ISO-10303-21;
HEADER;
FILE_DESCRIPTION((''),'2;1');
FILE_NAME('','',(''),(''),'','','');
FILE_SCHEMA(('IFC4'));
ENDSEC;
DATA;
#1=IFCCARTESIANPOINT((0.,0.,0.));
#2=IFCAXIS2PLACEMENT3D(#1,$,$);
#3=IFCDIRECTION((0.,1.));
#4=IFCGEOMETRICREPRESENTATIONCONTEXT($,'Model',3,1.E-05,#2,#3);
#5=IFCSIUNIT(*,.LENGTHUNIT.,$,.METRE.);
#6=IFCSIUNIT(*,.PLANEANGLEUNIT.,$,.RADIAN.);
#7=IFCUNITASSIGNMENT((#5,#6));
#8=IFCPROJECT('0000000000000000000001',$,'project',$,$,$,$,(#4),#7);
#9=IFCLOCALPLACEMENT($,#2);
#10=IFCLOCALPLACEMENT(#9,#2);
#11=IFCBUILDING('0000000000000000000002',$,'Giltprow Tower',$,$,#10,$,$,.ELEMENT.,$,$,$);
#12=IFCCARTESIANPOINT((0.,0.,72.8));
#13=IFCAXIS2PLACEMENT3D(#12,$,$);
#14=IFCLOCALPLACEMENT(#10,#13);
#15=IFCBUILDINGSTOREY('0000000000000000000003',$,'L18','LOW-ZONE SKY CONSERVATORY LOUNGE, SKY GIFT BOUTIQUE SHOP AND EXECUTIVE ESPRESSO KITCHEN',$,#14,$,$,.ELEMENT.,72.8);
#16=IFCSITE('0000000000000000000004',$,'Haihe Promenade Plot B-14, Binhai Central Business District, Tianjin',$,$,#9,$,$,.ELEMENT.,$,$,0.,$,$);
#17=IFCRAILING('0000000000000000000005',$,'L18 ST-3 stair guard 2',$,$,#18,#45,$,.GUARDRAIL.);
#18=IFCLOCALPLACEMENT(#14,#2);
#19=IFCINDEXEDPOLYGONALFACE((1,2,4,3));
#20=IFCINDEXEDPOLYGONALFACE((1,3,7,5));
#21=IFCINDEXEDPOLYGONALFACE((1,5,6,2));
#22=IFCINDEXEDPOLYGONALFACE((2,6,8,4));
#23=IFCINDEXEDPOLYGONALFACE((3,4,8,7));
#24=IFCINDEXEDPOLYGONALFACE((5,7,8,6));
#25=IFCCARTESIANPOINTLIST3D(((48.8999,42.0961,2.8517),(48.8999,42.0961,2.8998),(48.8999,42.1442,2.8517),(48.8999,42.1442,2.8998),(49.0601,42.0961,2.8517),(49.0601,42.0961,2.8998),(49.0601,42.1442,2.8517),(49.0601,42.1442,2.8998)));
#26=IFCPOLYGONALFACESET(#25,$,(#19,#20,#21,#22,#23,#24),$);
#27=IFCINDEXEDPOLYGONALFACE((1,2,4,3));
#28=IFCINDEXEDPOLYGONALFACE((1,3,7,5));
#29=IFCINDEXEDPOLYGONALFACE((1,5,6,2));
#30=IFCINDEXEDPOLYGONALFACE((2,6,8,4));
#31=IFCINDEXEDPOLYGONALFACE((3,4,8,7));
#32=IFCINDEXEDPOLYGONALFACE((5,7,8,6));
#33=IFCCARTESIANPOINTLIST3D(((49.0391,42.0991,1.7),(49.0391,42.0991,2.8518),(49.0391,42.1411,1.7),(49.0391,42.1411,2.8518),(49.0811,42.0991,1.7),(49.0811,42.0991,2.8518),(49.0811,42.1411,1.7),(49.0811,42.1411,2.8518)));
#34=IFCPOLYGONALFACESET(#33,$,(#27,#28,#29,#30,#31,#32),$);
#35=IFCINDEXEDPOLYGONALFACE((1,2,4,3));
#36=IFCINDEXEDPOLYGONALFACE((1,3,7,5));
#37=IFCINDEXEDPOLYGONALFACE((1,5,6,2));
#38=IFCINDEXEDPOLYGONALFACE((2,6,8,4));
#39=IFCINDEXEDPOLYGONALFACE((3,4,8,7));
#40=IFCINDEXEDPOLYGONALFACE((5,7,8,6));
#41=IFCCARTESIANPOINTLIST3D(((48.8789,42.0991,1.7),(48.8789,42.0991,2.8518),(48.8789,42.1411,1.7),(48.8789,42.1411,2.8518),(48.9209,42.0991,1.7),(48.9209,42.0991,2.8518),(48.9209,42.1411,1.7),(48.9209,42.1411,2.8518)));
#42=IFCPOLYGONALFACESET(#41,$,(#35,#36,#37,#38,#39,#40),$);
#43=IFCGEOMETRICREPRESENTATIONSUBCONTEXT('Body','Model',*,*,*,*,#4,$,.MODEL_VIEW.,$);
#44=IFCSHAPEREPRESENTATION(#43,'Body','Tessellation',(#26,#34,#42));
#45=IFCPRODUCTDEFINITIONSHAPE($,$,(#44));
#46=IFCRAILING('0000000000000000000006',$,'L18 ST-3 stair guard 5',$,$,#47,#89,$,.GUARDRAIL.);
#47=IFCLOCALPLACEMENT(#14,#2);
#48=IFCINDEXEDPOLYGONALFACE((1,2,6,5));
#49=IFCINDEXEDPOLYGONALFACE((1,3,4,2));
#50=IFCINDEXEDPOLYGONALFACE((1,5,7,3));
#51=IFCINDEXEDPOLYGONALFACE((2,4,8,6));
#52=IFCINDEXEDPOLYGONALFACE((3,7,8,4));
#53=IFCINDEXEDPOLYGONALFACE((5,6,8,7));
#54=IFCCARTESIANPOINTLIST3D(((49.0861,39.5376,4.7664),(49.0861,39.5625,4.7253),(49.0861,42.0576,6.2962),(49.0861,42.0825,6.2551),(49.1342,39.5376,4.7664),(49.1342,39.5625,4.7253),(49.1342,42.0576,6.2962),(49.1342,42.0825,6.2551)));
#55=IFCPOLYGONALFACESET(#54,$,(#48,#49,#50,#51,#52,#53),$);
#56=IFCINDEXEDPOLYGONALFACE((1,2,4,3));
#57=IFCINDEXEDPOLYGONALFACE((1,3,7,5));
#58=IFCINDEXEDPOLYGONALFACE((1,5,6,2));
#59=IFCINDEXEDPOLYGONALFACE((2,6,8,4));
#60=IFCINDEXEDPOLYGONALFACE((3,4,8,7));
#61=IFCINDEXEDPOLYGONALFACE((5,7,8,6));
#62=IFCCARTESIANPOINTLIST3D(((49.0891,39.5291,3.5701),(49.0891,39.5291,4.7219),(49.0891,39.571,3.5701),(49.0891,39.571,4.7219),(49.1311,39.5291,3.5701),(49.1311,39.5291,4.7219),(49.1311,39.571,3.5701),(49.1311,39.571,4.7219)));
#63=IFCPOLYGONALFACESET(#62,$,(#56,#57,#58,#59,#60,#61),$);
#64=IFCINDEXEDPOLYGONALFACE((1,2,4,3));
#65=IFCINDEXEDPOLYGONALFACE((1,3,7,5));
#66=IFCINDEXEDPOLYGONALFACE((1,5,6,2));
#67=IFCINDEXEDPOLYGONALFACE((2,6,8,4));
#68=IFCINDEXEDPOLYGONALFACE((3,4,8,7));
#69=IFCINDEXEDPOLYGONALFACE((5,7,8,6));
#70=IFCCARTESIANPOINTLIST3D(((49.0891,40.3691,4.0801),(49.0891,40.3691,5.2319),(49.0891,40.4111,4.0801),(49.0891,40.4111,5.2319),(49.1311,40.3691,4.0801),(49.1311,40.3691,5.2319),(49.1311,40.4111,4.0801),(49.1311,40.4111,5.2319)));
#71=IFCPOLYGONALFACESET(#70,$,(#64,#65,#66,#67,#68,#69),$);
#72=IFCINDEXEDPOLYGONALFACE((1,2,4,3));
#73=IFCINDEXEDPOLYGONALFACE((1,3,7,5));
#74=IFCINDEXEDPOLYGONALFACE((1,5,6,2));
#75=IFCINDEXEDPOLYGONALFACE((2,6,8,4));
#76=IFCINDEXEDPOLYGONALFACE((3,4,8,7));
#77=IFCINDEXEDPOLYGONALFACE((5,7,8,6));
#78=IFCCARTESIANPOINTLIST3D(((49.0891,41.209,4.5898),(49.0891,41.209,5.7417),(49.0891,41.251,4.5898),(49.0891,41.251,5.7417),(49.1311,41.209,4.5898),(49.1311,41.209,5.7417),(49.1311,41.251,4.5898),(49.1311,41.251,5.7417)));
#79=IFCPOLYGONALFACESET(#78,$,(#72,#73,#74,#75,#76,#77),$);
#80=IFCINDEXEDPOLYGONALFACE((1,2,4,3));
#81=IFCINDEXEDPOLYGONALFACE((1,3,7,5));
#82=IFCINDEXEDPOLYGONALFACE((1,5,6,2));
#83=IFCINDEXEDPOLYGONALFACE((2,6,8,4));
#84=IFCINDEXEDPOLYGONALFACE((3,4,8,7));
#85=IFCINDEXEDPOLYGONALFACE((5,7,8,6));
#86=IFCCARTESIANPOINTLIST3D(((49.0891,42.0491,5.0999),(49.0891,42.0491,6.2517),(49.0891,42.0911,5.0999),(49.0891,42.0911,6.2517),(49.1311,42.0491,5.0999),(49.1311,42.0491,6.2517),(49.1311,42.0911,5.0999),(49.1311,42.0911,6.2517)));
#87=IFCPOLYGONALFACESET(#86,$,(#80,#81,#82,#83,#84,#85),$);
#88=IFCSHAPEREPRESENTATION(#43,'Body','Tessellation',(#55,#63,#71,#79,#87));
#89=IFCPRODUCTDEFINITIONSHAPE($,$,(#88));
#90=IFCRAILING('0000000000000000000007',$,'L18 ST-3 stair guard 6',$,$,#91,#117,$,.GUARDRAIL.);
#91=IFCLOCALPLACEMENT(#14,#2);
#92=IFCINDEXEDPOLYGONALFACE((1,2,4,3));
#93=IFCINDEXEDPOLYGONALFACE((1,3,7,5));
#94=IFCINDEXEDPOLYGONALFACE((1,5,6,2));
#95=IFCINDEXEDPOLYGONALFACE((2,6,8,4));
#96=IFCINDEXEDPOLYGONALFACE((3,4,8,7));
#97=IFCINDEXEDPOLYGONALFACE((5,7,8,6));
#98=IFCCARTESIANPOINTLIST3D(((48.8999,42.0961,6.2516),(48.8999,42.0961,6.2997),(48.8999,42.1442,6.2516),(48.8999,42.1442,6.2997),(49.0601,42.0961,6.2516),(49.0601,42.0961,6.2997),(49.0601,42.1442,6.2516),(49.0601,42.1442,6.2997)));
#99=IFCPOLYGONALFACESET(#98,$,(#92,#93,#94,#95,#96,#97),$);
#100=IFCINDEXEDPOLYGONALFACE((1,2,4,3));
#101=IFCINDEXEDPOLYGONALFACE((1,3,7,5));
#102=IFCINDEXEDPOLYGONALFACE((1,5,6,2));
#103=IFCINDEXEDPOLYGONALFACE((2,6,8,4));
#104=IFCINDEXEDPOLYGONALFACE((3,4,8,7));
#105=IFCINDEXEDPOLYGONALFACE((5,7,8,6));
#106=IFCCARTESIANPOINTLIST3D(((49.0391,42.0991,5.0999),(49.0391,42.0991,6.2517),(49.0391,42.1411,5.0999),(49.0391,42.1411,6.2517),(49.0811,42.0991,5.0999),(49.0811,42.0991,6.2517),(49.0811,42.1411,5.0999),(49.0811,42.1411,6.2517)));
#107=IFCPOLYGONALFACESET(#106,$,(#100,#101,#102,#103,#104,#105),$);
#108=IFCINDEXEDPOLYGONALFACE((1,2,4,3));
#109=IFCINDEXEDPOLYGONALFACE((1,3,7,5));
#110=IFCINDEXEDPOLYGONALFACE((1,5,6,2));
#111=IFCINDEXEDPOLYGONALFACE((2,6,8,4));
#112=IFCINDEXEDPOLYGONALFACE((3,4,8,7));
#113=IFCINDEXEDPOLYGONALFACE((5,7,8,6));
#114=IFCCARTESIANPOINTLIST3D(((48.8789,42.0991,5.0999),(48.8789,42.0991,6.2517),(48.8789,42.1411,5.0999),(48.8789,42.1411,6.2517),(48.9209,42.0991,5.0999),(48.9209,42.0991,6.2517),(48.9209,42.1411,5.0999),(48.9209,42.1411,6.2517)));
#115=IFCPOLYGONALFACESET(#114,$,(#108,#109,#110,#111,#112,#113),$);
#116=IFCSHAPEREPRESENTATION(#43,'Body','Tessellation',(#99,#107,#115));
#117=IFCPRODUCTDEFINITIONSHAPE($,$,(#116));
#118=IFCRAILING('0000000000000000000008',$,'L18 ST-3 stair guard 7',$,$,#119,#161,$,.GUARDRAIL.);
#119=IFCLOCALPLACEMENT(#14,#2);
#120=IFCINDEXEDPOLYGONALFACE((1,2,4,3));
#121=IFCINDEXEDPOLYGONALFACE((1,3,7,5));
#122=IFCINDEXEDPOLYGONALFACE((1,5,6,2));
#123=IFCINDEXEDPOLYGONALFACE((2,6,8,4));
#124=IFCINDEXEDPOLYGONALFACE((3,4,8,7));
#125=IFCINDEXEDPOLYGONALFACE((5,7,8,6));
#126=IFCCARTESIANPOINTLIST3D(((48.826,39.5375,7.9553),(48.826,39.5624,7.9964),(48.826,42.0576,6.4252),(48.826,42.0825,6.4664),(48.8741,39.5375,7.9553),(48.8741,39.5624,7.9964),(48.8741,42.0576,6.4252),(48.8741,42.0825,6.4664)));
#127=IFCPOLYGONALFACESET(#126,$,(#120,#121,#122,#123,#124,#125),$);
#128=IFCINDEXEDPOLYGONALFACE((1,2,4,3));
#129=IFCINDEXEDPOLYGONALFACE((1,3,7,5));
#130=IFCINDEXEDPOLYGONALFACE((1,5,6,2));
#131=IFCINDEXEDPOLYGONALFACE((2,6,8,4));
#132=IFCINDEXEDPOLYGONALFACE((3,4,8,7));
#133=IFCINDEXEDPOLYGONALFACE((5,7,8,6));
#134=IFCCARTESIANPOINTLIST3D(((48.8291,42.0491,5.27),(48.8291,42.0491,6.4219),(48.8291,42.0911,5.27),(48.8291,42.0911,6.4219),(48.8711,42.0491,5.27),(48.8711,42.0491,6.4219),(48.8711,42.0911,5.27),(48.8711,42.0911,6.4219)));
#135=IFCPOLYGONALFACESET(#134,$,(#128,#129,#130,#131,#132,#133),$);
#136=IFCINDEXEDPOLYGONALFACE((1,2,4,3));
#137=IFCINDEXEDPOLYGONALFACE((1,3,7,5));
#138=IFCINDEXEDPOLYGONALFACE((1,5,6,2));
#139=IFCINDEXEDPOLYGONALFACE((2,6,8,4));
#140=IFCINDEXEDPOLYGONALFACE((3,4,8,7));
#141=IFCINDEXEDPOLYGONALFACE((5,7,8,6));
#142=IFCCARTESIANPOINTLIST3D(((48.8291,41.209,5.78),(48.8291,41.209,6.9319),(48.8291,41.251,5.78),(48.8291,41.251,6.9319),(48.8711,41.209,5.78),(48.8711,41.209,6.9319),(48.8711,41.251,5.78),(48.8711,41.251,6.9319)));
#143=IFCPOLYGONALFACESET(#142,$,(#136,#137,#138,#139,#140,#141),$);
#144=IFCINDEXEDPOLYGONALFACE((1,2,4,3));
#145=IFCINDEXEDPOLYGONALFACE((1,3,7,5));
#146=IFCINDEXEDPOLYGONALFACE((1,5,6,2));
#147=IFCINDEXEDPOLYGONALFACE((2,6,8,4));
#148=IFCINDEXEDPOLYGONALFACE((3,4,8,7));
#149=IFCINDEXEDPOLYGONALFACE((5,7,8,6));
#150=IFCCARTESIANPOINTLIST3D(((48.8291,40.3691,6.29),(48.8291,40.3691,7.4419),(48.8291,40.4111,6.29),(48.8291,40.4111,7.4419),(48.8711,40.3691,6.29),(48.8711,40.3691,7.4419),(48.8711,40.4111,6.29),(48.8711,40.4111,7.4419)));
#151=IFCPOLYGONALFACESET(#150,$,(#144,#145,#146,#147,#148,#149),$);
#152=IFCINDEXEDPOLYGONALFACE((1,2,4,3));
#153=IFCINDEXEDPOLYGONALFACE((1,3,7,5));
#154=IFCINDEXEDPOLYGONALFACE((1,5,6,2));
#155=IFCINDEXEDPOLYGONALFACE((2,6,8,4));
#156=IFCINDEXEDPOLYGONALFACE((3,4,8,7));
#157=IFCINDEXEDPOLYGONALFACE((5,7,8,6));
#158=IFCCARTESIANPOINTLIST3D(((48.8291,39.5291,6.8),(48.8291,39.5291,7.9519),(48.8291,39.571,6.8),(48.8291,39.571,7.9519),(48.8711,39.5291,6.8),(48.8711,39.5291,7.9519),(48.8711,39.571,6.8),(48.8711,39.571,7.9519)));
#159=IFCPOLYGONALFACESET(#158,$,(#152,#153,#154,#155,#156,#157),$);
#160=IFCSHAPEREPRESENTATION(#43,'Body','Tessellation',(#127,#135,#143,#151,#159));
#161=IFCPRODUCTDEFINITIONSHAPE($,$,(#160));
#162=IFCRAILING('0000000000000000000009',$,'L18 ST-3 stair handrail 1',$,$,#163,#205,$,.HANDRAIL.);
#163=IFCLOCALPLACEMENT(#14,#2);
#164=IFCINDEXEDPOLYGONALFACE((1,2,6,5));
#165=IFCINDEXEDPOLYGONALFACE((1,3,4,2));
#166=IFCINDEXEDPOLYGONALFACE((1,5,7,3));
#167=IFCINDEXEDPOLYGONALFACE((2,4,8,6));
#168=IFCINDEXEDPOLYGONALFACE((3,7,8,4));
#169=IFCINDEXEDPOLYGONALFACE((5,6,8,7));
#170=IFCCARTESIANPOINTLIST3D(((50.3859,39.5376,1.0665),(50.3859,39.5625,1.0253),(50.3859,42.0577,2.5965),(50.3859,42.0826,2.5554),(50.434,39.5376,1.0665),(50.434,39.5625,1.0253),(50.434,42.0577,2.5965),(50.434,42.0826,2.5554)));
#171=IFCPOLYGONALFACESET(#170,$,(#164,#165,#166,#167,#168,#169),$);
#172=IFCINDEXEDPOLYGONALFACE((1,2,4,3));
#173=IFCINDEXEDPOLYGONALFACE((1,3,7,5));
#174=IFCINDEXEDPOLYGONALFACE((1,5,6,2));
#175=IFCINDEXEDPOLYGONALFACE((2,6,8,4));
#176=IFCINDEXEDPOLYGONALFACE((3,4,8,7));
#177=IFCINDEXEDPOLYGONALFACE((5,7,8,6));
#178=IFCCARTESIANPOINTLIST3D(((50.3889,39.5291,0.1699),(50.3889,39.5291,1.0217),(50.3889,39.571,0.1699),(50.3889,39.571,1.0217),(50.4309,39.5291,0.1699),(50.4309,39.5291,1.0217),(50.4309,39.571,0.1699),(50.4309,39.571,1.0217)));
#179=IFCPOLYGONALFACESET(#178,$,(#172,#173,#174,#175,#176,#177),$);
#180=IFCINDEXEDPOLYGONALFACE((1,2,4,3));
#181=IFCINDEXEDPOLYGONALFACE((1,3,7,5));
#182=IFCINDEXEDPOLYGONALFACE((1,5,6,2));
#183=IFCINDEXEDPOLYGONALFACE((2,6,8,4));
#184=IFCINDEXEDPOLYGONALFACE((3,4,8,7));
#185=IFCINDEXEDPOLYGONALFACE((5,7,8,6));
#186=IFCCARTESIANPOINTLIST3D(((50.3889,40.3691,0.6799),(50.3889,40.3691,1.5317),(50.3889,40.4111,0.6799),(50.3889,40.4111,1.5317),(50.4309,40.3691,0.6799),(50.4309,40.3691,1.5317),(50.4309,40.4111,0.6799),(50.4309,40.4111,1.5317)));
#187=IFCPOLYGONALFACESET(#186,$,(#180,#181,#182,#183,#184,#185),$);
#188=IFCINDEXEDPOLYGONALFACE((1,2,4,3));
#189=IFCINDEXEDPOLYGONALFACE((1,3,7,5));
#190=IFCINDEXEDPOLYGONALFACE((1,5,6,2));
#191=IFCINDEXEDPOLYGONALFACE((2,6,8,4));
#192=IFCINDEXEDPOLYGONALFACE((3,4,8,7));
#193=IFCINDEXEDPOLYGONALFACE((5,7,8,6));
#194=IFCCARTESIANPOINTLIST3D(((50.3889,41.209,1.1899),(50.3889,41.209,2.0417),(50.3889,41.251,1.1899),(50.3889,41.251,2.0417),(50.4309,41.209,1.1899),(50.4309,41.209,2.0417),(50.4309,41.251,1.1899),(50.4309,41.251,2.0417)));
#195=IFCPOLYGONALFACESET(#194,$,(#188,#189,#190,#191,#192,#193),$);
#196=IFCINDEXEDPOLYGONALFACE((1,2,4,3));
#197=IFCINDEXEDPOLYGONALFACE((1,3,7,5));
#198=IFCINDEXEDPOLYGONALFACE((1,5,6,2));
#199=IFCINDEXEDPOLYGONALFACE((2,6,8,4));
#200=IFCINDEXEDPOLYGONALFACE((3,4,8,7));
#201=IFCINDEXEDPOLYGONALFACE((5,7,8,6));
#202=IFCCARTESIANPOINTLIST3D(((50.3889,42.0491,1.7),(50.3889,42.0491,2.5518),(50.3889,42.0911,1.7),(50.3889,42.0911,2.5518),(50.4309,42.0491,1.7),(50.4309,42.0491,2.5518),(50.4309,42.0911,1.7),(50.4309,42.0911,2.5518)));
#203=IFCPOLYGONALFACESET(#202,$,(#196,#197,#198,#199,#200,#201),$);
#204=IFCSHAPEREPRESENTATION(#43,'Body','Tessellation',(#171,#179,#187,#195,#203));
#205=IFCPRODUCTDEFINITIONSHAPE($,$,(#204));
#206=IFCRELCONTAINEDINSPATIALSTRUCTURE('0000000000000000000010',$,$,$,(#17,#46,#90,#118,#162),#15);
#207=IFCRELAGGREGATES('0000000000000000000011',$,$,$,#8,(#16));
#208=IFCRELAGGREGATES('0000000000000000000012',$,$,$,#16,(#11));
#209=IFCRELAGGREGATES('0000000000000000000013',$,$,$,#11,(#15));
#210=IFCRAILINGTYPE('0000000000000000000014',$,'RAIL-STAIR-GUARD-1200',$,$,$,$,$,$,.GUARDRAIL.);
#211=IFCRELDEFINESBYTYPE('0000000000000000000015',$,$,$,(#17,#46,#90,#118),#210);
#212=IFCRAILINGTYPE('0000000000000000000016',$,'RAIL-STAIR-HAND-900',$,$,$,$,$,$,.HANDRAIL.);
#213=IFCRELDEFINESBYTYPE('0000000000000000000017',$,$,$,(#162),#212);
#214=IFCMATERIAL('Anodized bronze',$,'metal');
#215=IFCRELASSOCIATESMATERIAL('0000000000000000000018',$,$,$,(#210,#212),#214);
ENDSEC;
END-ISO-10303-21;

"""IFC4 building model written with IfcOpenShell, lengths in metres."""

from ifc_helpers import new_model, si_unit, direction, frame, origin, origin_2d, place, context, subcontext, project, spatial, rectangle, extrude, material, type_object, element, save


model = new_model("IFC4")

# Units and contexts
model_context = context("Model", 3, precision=1e-05, world=origin(), true_north=direction((0.0, 1.0)))
body_context = subcontext(model_context, "Body", "Model", "MODEL_VIEW")
ifc_project = project(units=[si_unit("LENGTHUNIT", "METRE"), si_unit("PLANEANGLEUNIT", "RADIAN")], contexts=[model_context])

# Site, building, storey
site_placement = place(None, origin())
site = spatial("IfcSite", under=ifc_project, at=site_placement, Name="Haihe Promenade Plot B-14, Binhai Central Business District, Tianjin", CompositionType="ELEMENT", RefElevation=0.0)
building_placement = place(site_placement, origin())
building = spatial("IfcBuilding", under=site, at=building_placement, Name="Giltprow Tower", CompositionType="ELEMENT")
storey_placement = place(building_placement, frame((0.0, 0.0, 72.8)))
storey = spatial("IfcBuildingStorey", under=building, at=storey_placement, Name="L18", Description="LOW-ZONE SKY CONSERVATORY LOUNGE, SKY GIFT BOUTIQUE SHOP AND EXECUTIVE ESPRESSO KITCHEN", CompositionType="ELEMENT", Elevation=72.8)

# Railings
ifc_material_1 = material(Name="Anodized bronze", Category="metal")
railing_type_1 = type_object("IfcRailingType", Name="RAIL-STAIR-GUARD-1200", PredefinedType="GUARDRAIL", material=ifc_material_1)
railing_1_placement = place(storey_placement, frame((49.0601, 42.1201, 1.7)))
element("IfcRailing", 1, at=railing_1_placement, inside=storey, type_object=railing_type_1, Name="L18 ST-3 stair guard 2", PredefinedType="GUARDRAIL", context=body_context, shape_type="SweptSolid", body=[
    extrude(rectangle(XDim=0.0481, YDim=0.0481, at=origin_2d()), frame((0.0, 0.0, 1.1758), z_axis=(-1.0, 0.0, 0.0), x_axis=(0.0, -1.0, 0.0)), (0.0, 0.0, 1.0), 0.1602),
    extrude(rectangle(XDim=0.042, YDim=0.042, at=origin_2d()), origin(), (0.0, 0.0, 1.0), 1.1519),
    extrude(rectangle(XDim=0.042, YDim=0.042, at=origin_2d()), frame((-0.1602, 0.0, 0.0)), (0.0, 0.0, 1.0), 1.1519),
])
railing_2_placement = place(storey_placement, frame((49.1101, 39.55, 3.5701)))
element("IfcRailing", 2, at=railing_2_placement, inside=storey, type_object=railing_type_1, Name="L18 ST-3 stair guard 5", PredefinedType="GUARDRAIL", context=body_context, shape_type="SweptSolid", body=[
    extrude(rectangle(XDim=0.0481, YDim=0.0481, at=origin_2d()), frame((0.0, 0.0, 1.1758), z_axis=(0.0, 0.854822, 0.518922), x_axis=(-1.0, 0.0, 0.0)), (0.0, 0.0, 1.0), 2.948),
    extrude(rectangle(XDim=0.042, YDim=0.042, at=origin_2d()), origin(), (0.0, 0.0, 1.0), 1.1519),
    extrude(rectangle(XDim=0.042, YDim=0.042, at=origin_2d()), frame((0.0, 0.8401, 0.51)), (0.0, 0.0, 1.0), 1.1519),
    extrude(rectangle(XDim=0.042, YDim=0.042, at=origin_2d()), frame((0.0, 1.6799, 1.0198)), (0.0, 0.0, 1.0), 1.1519),
    extrude(rectangle(XDim=0.042, YDim=0.042, at=origin_2d()), frame((0.0, 2.52, 1.5298)), (0.0, 0.0, 1.0), 1.1519),
])
railing_3_placement = place(storey_placement, frame((49.0601, 42.1201, 5.0999)))
element("IfcRailing", 3, at=railing_3_placement, inside=storey, type_object=railing_type_1, Name="L18 ST-3 stair guard 6", PredefinedType="GUARDRAIL", context=body_context, shape_type="SweptSolid", body=[
    extrude(rectangle(XDim=0.0481, YDim=0.0481, at=origin_2d()), frame((0.0, 0.0, 1.1758), z_axis=(-1.0, 0.0, 0.0), x_axis=(0.0, -1.0, 0.0)), (0.0, 0.0, 1.0), 0.1602),
    extrude(rectangle(XDim=0.042, YDim=0.042, at=origin_2d()), origin(), (0.0, 0.0, 1.0), 1.1519),
    extrude(rectangle(XDim=0.042, YDim=0.042, at=origin_2d()), frame((-0.1602, 0.0, 0.0)), (0.0, 0.0, 1.0), 1.1519),
])
railing_4_placement = place(storey_placement, frame((48.8501, 42.0701, 5.27)))
element("IfcRailing", 4, at=railing_4_placement, inside=storey, type_object=railing_type_1, Name="L18 ST-3 stair guard 7", PredefinedType="GUARDRAIL", context=body_context, shape_type="SweptSolid", body=[
    extrude(rectangle(XDim=0.0481, YDim=0.0481, at=origin_2d()), frame((0.0, 0.0, 1.1758), z_axis=(0.0, -0.854785, 0.518982), x_axis=(1.0, 0.0, 0.0)), (0.0, 0.0, 1.0), 2.9482),
    extrude(rectangle(XDim=0.042, YDim=0.042, at=origin_2d()), origin(), (0.0, 0.0, 1.0), 1.1519),
    extrude(rectangle(XDim=0.042, YDim=0.042, at=origin_2d()), frame((0.0, -0.8401, 0.51)), (0.0, 0.0, 1.0), 1.1519),
    extrude(rectangle(XDim=0.042, YDim=0.042, at=origin_2d()), frame((0.0, -1.6799, 1.02)), (0.0, 0.0, 1.0), 1.1519),
    extrude(rectangle(XDim=0.042, YDim=0.042, at=origin_2d()), frame((0.0, -2.52, 1.53)), (0.0, 0.0, 1.0), 1.1519),
])
railing_type_2 = type_object("IfcRailingType", Name="RAIL-STAIR-HAND-900", PredefinedType="HANDRAIL", material=ifc_material_1)
railing_5_placement = place(storey_placement, frame((50.4099, 39.55, 0.1699)))
element("IfcRailing", 5, at=railing_5_placement, inside=storey, type_object=railing_type_2, Name="L18 ST-3 stair handrail 1", PredefinedType="HANDRAIL", context=body_context, shape_type="SweptSolid", body=[
    extrude(rectangle(XDim=0.0481, YDim=0.0481, at=origin_2d()), frame((0.0, 0.0, 0.876), z_axis=(0.0, 0.854785, 0.518982), x_axis=(-1.0, 0.0, 0.0)), (0.0, 0.0, 1.0), 2.9482),
    extrude(rectangle(XDim=0.042, YDim=0.042, at=origin_2d()), origin(), (0.0, 0.0, 1.0), 0.8518),
    extrude(rectangle(XDim=0.042, YDim=0.042, at=origin_2d()), frame((0.0, 0.8401, 0.51)), (0.0, 0.0, 1.0), 0.8518),
    extrude(rectangle(XDim=0.042, YDim=0.042, at=origin_2d()), frame((0.0, 1.6799, 1.02)), (0.0, 0.0, 1.0), 0.8518),
    extrude(rectangle(XDim=0.042, YDim=0.042, at=origin_2d()), frame((0.0, 2.52, 1.53)), (0.0, 0.0, 1.0), 0.8518),
])

save(model, "model.ifc")
